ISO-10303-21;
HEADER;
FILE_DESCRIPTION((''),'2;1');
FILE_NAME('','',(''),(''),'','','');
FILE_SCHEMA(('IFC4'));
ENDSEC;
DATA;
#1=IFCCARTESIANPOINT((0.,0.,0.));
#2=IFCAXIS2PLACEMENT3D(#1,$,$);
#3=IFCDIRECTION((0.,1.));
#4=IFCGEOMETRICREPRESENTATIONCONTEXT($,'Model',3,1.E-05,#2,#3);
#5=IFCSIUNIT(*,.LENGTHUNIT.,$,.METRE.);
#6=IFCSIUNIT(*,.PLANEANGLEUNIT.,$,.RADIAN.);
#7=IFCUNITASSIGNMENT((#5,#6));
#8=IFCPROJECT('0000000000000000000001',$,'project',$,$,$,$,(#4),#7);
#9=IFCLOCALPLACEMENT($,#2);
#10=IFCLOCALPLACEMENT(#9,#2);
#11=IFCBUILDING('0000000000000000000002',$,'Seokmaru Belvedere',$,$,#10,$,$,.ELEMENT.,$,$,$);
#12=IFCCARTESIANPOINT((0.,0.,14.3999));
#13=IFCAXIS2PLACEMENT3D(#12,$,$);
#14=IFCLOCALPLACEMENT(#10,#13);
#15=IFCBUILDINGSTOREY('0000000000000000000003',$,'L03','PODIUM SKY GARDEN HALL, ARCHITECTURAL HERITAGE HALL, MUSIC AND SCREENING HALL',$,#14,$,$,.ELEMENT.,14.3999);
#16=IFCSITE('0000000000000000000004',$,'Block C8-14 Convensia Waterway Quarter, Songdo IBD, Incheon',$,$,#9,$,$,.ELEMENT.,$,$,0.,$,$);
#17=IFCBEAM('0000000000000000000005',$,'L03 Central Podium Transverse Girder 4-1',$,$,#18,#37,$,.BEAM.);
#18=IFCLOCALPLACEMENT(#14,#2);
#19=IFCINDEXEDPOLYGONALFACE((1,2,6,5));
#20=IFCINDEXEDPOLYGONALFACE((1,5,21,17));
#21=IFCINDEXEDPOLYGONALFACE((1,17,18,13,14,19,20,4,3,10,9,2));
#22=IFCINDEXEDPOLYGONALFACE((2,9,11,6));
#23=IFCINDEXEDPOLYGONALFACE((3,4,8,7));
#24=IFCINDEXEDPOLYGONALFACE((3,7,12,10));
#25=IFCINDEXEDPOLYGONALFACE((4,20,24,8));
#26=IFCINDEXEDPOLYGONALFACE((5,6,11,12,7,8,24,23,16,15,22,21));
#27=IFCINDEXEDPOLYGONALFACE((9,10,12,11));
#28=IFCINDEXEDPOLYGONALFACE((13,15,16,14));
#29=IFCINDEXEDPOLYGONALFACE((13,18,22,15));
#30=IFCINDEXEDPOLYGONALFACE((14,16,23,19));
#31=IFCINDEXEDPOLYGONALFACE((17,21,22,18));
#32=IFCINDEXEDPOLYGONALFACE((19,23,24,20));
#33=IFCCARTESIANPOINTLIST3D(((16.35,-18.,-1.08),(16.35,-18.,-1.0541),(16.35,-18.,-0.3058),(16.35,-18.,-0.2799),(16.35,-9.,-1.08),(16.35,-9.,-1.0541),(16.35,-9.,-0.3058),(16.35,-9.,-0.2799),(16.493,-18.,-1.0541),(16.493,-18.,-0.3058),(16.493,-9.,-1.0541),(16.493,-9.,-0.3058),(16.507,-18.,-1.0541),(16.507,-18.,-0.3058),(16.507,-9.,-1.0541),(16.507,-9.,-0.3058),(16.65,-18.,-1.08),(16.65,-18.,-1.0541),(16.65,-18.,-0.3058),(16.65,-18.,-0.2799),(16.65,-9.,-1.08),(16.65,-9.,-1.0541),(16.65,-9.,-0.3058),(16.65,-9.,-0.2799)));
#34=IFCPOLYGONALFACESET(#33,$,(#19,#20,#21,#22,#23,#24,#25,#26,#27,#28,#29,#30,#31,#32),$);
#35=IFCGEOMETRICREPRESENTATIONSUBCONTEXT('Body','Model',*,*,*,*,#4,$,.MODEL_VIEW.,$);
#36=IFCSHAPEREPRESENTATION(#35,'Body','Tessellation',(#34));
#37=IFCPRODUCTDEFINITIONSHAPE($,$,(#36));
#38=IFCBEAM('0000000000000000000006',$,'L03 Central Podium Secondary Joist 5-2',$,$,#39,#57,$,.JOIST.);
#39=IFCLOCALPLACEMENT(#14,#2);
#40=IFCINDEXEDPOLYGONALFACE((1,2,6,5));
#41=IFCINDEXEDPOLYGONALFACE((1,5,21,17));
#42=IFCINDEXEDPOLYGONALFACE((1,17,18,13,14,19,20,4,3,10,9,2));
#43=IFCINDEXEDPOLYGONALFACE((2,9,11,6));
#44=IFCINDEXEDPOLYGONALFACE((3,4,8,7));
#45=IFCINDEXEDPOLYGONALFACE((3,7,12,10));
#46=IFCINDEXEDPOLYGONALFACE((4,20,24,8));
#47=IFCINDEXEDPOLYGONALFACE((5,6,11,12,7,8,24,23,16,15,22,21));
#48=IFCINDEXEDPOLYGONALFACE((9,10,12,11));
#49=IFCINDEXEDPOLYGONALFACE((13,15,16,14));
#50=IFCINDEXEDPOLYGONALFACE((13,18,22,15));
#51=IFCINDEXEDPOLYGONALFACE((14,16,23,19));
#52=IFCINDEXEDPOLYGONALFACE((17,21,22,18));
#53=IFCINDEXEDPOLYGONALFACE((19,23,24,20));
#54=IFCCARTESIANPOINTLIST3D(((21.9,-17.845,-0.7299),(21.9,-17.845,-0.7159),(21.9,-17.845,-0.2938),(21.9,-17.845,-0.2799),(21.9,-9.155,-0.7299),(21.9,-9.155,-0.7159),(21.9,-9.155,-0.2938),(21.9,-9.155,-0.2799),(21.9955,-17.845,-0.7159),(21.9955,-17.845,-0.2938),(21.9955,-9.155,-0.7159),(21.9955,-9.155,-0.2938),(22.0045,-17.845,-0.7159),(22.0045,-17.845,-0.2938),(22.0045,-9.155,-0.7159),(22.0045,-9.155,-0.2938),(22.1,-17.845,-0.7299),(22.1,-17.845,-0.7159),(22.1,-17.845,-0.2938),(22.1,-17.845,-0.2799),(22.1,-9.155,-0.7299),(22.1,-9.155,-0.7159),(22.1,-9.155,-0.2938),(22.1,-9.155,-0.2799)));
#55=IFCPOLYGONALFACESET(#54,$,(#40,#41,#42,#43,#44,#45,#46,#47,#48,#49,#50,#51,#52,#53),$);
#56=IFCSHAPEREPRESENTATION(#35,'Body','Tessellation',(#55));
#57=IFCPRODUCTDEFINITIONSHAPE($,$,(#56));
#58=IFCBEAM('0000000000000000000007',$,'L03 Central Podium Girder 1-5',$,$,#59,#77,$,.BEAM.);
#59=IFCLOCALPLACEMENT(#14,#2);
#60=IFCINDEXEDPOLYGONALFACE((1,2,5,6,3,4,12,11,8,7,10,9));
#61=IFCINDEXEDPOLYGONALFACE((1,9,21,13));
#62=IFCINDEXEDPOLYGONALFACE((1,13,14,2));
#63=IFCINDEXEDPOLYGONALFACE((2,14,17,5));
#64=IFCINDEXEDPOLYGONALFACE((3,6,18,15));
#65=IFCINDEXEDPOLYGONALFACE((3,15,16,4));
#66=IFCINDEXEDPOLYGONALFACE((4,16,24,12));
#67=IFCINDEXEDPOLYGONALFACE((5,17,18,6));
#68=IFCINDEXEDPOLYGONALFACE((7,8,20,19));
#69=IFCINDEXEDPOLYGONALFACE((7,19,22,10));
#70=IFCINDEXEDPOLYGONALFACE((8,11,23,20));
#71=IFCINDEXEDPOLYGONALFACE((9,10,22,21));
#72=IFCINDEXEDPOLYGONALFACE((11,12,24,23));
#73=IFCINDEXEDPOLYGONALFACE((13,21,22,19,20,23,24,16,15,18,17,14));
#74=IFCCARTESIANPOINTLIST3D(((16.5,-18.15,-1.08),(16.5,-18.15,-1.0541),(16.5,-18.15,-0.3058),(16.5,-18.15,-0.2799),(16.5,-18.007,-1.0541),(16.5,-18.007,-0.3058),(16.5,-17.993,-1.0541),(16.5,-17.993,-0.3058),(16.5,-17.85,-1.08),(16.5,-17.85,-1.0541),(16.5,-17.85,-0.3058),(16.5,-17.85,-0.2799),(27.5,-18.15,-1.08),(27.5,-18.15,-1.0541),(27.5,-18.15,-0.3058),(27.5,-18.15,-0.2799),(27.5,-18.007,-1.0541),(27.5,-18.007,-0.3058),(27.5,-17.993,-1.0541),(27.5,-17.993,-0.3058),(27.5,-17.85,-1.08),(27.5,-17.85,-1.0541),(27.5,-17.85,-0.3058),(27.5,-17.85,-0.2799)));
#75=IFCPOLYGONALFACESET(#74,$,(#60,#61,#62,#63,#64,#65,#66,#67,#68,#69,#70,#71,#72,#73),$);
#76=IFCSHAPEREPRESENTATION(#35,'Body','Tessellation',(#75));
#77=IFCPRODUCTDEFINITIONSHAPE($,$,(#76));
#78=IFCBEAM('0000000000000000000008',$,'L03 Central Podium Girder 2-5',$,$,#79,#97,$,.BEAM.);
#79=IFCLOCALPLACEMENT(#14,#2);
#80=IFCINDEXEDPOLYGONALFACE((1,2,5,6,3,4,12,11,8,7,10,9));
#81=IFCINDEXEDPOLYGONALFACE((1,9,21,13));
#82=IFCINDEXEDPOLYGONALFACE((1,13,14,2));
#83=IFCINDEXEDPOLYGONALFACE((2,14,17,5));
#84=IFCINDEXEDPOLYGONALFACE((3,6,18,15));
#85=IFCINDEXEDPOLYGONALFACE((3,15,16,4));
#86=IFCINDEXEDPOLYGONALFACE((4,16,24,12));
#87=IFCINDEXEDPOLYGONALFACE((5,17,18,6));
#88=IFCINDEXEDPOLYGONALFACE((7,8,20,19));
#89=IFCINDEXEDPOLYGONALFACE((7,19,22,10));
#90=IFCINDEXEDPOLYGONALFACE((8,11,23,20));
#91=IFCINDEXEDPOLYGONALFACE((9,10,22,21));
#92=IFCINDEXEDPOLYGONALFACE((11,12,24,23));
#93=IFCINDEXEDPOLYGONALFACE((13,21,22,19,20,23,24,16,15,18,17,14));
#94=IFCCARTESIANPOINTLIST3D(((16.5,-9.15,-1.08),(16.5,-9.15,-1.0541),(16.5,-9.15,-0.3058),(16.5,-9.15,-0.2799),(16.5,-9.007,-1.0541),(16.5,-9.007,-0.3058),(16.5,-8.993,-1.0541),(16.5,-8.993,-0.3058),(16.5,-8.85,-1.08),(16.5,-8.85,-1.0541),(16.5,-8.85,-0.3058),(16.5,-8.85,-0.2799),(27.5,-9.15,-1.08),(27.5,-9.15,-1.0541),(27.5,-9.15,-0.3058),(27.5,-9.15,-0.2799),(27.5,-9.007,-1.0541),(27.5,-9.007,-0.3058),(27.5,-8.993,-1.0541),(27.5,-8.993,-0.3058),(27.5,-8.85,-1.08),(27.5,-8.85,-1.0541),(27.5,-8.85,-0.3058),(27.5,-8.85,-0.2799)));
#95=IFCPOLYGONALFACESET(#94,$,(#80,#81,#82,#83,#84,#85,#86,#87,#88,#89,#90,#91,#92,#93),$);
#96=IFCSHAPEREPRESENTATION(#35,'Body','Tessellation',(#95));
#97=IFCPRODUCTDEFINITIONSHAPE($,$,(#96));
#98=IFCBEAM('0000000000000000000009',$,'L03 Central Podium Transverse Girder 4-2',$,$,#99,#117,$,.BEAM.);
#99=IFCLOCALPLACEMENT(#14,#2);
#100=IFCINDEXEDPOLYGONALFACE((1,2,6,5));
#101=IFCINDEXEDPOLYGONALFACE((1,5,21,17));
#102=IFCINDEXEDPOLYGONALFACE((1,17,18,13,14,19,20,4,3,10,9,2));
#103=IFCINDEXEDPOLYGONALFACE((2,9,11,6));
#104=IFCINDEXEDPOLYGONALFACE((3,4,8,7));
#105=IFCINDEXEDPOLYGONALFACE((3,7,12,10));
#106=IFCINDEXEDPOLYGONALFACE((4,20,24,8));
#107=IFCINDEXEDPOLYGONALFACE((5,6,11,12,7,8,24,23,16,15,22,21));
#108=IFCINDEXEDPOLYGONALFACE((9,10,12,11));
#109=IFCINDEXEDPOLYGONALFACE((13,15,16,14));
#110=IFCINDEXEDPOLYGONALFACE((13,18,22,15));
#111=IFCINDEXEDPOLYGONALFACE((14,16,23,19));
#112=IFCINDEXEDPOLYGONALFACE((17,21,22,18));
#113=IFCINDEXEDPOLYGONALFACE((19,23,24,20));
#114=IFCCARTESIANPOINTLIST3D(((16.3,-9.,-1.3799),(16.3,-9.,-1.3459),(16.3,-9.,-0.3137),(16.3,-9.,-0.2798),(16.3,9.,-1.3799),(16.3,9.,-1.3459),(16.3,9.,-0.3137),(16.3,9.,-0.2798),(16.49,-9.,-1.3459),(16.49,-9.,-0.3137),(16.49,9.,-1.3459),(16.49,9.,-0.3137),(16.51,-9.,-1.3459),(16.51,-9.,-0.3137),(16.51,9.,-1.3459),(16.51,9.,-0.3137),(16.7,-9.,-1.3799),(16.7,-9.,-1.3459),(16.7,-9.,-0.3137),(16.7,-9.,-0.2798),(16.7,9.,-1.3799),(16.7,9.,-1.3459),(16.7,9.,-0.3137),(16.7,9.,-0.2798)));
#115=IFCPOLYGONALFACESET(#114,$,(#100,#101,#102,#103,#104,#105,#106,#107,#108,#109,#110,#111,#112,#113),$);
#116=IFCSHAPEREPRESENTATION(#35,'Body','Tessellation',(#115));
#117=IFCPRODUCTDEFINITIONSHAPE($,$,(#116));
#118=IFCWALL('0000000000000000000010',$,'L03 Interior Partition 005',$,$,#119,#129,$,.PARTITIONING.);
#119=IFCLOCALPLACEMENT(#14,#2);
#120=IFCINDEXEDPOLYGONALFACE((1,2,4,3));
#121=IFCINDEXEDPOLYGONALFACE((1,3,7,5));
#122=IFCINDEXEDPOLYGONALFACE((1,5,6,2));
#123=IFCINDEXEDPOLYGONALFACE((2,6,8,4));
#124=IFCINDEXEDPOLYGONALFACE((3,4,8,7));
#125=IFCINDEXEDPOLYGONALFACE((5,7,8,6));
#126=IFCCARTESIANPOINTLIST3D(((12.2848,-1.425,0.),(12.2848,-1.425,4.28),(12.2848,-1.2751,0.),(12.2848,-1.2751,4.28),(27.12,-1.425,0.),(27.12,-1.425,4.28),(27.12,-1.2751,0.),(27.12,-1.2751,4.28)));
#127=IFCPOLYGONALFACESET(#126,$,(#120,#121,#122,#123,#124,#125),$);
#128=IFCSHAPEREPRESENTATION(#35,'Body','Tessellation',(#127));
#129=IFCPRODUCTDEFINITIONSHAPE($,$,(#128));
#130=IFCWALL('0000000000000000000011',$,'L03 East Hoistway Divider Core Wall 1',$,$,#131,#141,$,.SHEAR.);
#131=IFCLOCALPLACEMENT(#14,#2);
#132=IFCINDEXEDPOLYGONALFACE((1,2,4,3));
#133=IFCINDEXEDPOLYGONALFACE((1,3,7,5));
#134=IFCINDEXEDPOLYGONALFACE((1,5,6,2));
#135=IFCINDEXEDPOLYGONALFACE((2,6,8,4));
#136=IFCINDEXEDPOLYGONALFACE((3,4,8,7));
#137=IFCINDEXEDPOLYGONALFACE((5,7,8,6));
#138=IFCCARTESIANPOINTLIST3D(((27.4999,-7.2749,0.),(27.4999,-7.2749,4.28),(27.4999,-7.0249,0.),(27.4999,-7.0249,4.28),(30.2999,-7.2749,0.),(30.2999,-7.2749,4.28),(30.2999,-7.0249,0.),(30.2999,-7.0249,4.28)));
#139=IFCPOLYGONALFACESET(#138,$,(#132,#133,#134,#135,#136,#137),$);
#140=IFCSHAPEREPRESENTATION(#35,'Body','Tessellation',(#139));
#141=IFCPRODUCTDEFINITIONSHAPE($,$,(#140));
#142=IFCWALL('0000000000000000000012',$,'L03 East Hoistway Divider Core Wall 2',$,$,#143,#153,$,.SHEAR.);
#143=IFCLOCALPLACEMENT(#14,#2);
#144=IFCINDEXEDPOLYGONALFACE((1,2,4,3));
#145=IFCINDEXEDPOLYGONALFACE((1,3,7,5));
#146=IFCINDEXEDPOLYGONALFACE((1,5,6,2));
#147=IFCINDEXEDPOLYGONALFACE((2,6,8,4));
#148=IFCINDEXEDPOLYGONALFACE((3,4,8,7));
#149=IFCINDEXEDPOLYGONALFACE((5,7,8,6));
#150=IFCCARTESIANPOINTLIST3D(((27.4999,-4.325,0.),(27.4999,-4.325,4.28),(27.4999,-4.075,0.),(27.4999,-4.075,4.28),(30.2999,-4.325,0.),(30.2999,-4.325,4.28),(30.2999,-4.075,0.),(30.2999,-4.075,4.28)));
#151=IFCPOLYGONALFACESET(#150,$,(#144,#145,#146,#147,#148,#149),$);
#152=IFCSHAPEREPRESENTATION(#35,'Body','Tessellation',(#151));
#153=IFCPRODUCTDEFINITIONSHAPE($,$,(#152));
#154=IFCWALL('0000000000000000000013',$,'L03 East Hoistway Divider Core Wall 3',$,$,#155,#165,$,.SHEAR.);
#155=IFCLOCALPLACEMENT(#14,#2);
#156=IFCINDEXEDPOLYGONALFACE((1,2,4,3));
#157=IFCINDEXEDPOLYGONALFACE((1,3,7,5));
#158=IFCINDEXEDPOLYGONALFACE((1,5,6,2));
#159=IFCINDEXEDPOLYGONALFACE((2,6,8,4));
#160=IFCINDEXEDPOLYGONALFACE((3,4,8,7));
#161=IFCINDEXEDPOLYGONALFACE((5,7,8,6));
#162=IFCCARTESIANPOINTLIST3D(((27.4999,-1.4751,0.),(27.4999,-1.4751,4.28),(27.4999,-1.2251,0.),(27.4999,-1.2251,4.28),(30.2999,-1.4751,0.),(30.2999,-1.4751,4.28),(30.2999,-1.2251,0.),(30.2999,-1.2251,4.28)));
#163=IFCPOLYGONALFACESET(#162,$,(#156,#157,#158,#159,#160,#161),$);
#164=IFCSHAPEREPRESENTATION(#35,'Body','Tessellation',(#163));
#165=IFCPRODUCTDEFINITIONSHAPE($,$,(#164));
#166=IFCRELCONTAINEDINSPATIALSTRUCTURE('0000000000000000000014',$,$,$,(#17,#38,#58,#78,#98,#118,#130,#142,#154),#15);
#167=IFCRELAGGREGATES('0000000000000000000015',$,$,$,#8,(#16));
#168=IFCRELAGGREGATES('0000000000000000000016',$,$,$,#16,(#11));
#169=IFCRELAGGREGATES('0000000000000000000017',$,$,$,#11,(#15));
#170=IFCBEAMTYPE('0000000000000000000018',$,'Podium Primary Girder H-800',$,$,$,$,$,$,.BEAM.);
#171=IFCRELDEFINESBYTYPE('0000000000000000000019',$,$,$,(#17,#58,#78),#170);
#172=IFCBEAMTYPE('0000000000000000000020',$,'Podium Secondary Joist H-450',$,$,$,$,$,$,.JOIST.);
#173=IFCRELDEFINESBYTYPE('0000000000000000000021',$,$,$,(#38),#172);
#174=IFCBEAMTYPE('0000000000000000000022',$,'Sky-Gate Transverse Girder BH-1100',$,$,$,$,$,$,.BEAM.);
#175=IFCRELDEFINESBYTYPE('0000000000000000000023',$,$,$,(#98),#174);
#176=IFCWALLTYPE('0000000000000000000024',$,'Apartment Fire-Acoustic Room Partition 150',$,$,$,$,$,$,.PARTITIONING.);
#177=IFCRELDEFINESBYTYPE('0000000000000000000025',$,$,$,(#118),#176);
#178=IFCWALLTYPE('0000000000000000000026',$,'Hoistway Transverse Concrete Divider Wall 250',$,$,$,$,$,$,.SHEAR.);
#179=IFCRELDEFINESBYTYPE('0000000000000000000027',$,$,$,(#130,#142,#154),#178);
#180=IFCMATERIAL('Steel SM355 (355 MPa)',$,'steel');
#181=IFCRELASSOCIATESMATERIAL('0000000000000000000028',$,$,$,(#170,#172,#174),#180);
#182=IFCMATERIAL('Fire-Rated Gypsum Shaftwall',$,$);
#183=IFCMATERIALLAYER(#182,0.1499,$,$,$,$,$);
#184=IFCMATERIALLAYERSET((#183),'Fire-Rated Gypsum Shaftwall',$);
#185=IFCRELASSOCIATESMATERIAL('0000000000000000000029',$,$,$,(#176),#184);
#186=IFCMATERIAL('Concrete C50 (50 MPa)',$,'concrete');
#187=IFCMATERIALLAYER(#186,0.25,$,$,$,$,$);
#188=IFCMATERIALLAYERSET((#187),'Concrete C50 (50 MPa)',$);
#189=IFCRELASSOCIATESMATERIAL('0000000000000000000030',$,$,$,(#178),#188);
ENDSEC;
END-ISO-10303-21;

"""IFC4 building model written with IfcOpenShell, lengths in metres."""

from ifc_helpers import new_model, si_unit, direction, frame, frame_2d, origin, origin_2d, place, context, subcontext, project, spatial, rectangle, i_section, extrude, source, transform, mapped, material, layer, layer_set, material_profile, profile_set, type_object, type_shapes, element, save


model = new_model("IFC4")

# Units and contexts
model_context = context("Model", 3, precision=1e-05, world=origin(), true_north=direction((0.0, 1.0)))
body_context = subcontext(model_context, "Body", "Model", "MODEL_VIEW")
ifc_project = project(units=[si_unit("LENGTHUNIT", "METRE"), si_unit("PLANEANGLEUNIT", "RADIAN")], contexts=[model_context])

# Site, building, storey
site_placement = place(None, origin())
site = spatial("IfcSite", under=ifc_project, at=site_placement, Name="Block C8-14 Convensia Waterway Quarter, Songdo IBD, Incheon", CompositionType="ELEMENT", RefElevation=0.0)
building_placement = place(site_placement, origin())
building = spatial("IfcBuilding", under=site, at=building_placement, Name="Seokmaru Belvedere", CompositionType="ELEMENT")
storey_placement = place(building_placement, frame((0.0, 0.0, 14.3999)))
storey = spatial("IfcBuildingStorey", under=building, at=storey_placement, Name="L03", Description="PODIUM SKY GARDEN HALL, ARCHITECTURAL HERITAGE HALL, MUSIC AND SCREENING HALL", CompositionType="ELEMENT", Elevation=14.3999)

# Shared definitions
ifc_material_1 = material(Name="Steel SM355 (355 MPa)", Category="steel")

# Beams
ifc_material_profile_1 = material_profile(ifc_material_1, i_section(OverallWidth=0.3, OverallDepth=0.8, WebThickness=0.0139, FlangeThickness=0.0259, at=origin_2d()), Name="H-800x300x14x26")
ifc_profile_set_1 = profile_set([ifc_material_profile_1], Name="Steel SM355 (355 MPa)")
beam_type_1 = type_object("IfcBeamType", Name="Podium Primary Girder H-800", PredefinedType="BEAM", material=ifc_profile_set_1)
shared_shape_1 = source(origin(), body_context, "Body", "SweptSolid", [
    extrude(i_section(OverallWidth=0.3, OverallDepth=0.8, WebThickness=0.0139, FlangeThickness=0.0259, at=origin_2d()), origin(), (0.0, 0.0, 1.0), 9.0),
])
for number, where, z_axis, x_axis, name in (
    (1, (16.5, -18.0, -0.6799), (0.0, 1.0, 0.0), (-1.0, 0.0, 0.0), "L03 Central Podium Transverse Girder 4-1"),
):
    element("IfcBeam", number, at=place(storey_placement, frame(where, z_axis=z_axis, x_axis=x_axis)), inside=storey, type_object=beam_type_1, Name=name, PredefinedType="BEAM", context=body_context, shape_type="MappedRepresentation", body=[
        mapped(shared_shape_1, transform((0.0, 0.0, 0.0), scale=1.0)),
    ])
ifc_material_profile_2 = material_profile(ifc_material_1, i_section(OverallWidth=0.2, OverallDepth=0.45, WebThickness=0.009, FlangeThickness=0.0139, at=origin_2d()), Name="H-450x200x9x14")
ifc_profile_set_2 = profile_set([ifc_material_profile_2], Name="Steel SM355 (355 MPa)")
beam_type_2 = type_object("IfcBeamType", Name="Podium Secondary Joist H-450", PredefinedType="JOIST", material=ifc_profile_set_2)
shared_shape_2 = source(origin(), body_context, "Body", "SweptSolid", [
    extrude(i_section(OverallWidth=0.2, OverallDepth=0.45, WebThickness=0.009, FlangeThickness=0.0139, at=origin_2d()), origin(), (0.0, 0.0, 1.0), 8.6899),
])
type_shapes(beam_type_2, [shared_shape_2])
beam_1_placement = place(storey_placement, frame((22.0, -17.845, -0.5049), z_axis=(0.0, 1.0, 0.0), x_axis=(-1.0, 0.0, 0.0)))
element("IfcBeam", 2, at=beam_1_placement, inside=storey, type_object=beam_type_2, Name="L03 Central Podium Secondary Joist 5-2", PredefinedType="JOIST", context=body_context, shape_type="MappedRepresentation", body=[
    mapped(shared_shape_2, transform((0.0, 0.0, 0.0), scale=1.0)),
])
shared_shape_3 = source(origin(), body_context, "Body", "SweptSolid", [
    extrude(i_section(OverallWidth=0.3, OverallDepth=0.8, WebThickness=0.0139, FlangeThickness=0.0259, at=origin_2d()), origin(), (0.0, 0.0, 1.0), 11.0),
])
type_shapes(beam_type_1, [shared_shape_1, shared_shape_3])
for number, where, z_axis, x_axis, name in (
    (3, (16.5, -18.0, -0.6799), (1.0, 0.0, 0.0), (0.0, 1.0, 0.0), "L03 Central Podium Girder 1-5"),
    (4, (16.5, -9.0, -0.6799), (1.0, 0.0, 0.0), (0.0, 1.0, 0.0), "L03 Central Podium Girder 2-5"),
):
    element("IfcBeam", number, at=place(storey_placement, frame(where, z_axis=z_axis, x_axis=x_axis)), inside=storey, type_object=beam_type_1, Name=name, PredefinedType="BEAM", context=body_context, shape_type="MappedRepresentation", body=[
        mapped(shared_shape_3, transform((0.0, 0.0, 0.0), scale=1.0)),
    ])
ifc_material_profile_3 = material_profile(ifc_material_1, i_section(OverallWidth=0.3999, OverallDepth=1.1001, WebThickness=0.02, FlangeThickness=0.0339, at=origin_2d()), Name="BH-1100x400x20x34")
ifc_profile_set_3 = profile_set([ifc_material_profile_3], Name="Steel SM355 (355 MPa)")
beam_type_3 = type_object("IfcBeamType", Name="Sky-Gate Transverse Girder BH-1100", PredefinedType="BEAM", material=ifc_profile_set_3)
shared_shape_4 = source(origin(), body_context, "Body", "SweptSolid", [
    extrude(i_section(OverallWidth=0.3999, OverallDepth=1.1001, WebThickness=0.02, FlangeThickness=0.0339, at=origin_2d()), origin(), (0.0, 0.0, 1.0), 18.0),
])
type_shapes(beam_type_3, [shared_shape_4])
beam_2_placement = place(storey_placement, frame((16.5, -9.0, -0.8298), z_axis=(0.0, 1.0, 0.0), x_axis=(-1.0, 0.0, 0.0)))
element("IfcBeam", 5, at=beam_2_placement, inside=storey, type_object=beam_type_3, Name="L03 Central Podium Transverse Girder 4-2", PredefinedType="BEAM", context=body_context, shape_type="MappedRepresentation", body=[
    mapped(shared_shape_4, transform((0.0, 0.0, 0.0), scale=1.0)),
])

# Walls
ifc_material_2 = material(Name="Fire-Rated Gypsum Shaftwall")
ifc_layer_1 = layer(ifc_material_2, 0.1499)
ifc_layer_set_1 = layer_set([ifc_layer_1], Name="Fire-Rated Gypsum Shaftwall")
wall_type_1 = type_object("IfcWallType", Name="Apartment Fire-Acoustic Room Partition 150", PredefinedType="PARTITIONING", material=ifc_layer_set_1)
wall_1_placement = place(storey_placement, frame((12.2849, -1.3501, 0.0), z_axis=(0.0, 0.0, 1.0), x_axis=(1.0, 0.0, 0.0)))
element("IfcWall", 6, at=wall_1_placement, inside=storey, type_object=wall_type_1, Name="L03 Interior Partition 005", PredefinedType="PARTITIONING", context=body_context, shape_type="SweptSolid", body=[
    extrude(rectangle(XDim=14.8352, YDim=0.1499, at=frame_2d((7.4175, 0.0))), origin(), (0.0, 0.0, 1.0), 4.28),
])
ifc_material_3 = material(Name="Concrete C50 (50 MPa)", Category="concrete")
ifc_layer_2 = layer(ifc_material_3, 0.25)
ifc_layer_set_2 = layer_set([ifc_layer_2], Name="Concrete C50 (50 MPa)")
wall_type_2 = type_object("IfcWallType", Name="Hoistway Transverse Concrete Divider Wall 250", PredefinedType="SHEAR", material=ifc_layer_set_2)
for number, where, z_axis, x_axis, name in (
    (7, (27.5, -7.1499, 0.0), (0.0, 0.0, 1.0), (1.0, 0.0, 0.0), "L03 East Hoistway Divider Core Wall 1"),
    (8, (27.5, -4.2, 0.0), (0.0, 0.0, 1.0), (1.0, 0.0, 0.0), "L03 East Hoistway Divider Core Wall 2"),
    (9, (27.5, -1.3501, 0.0), (0.0, 0.0, 1.0), (1.0, 0.0, 0.0), "L03 East Hoistway Divider Core Wall 3"),
):
    element("IfcWall", number, at=place(storey_placement, frame(where, z_axis=z_axis, x_axis=x_axis)), inside=storey, type_object=wall_type_2, Name=name, PredefinedType="SHEAR", context=body_context, shape_type="SweptSolid", body=[
        extrude(rectangle(XDim=2.8, YDim=0.25, at=frame_2d((1.3999, 0.0))), origin(), (0.0, 0.0, 1.0), 4.28),
    ])

save(model, "model.ifc")
